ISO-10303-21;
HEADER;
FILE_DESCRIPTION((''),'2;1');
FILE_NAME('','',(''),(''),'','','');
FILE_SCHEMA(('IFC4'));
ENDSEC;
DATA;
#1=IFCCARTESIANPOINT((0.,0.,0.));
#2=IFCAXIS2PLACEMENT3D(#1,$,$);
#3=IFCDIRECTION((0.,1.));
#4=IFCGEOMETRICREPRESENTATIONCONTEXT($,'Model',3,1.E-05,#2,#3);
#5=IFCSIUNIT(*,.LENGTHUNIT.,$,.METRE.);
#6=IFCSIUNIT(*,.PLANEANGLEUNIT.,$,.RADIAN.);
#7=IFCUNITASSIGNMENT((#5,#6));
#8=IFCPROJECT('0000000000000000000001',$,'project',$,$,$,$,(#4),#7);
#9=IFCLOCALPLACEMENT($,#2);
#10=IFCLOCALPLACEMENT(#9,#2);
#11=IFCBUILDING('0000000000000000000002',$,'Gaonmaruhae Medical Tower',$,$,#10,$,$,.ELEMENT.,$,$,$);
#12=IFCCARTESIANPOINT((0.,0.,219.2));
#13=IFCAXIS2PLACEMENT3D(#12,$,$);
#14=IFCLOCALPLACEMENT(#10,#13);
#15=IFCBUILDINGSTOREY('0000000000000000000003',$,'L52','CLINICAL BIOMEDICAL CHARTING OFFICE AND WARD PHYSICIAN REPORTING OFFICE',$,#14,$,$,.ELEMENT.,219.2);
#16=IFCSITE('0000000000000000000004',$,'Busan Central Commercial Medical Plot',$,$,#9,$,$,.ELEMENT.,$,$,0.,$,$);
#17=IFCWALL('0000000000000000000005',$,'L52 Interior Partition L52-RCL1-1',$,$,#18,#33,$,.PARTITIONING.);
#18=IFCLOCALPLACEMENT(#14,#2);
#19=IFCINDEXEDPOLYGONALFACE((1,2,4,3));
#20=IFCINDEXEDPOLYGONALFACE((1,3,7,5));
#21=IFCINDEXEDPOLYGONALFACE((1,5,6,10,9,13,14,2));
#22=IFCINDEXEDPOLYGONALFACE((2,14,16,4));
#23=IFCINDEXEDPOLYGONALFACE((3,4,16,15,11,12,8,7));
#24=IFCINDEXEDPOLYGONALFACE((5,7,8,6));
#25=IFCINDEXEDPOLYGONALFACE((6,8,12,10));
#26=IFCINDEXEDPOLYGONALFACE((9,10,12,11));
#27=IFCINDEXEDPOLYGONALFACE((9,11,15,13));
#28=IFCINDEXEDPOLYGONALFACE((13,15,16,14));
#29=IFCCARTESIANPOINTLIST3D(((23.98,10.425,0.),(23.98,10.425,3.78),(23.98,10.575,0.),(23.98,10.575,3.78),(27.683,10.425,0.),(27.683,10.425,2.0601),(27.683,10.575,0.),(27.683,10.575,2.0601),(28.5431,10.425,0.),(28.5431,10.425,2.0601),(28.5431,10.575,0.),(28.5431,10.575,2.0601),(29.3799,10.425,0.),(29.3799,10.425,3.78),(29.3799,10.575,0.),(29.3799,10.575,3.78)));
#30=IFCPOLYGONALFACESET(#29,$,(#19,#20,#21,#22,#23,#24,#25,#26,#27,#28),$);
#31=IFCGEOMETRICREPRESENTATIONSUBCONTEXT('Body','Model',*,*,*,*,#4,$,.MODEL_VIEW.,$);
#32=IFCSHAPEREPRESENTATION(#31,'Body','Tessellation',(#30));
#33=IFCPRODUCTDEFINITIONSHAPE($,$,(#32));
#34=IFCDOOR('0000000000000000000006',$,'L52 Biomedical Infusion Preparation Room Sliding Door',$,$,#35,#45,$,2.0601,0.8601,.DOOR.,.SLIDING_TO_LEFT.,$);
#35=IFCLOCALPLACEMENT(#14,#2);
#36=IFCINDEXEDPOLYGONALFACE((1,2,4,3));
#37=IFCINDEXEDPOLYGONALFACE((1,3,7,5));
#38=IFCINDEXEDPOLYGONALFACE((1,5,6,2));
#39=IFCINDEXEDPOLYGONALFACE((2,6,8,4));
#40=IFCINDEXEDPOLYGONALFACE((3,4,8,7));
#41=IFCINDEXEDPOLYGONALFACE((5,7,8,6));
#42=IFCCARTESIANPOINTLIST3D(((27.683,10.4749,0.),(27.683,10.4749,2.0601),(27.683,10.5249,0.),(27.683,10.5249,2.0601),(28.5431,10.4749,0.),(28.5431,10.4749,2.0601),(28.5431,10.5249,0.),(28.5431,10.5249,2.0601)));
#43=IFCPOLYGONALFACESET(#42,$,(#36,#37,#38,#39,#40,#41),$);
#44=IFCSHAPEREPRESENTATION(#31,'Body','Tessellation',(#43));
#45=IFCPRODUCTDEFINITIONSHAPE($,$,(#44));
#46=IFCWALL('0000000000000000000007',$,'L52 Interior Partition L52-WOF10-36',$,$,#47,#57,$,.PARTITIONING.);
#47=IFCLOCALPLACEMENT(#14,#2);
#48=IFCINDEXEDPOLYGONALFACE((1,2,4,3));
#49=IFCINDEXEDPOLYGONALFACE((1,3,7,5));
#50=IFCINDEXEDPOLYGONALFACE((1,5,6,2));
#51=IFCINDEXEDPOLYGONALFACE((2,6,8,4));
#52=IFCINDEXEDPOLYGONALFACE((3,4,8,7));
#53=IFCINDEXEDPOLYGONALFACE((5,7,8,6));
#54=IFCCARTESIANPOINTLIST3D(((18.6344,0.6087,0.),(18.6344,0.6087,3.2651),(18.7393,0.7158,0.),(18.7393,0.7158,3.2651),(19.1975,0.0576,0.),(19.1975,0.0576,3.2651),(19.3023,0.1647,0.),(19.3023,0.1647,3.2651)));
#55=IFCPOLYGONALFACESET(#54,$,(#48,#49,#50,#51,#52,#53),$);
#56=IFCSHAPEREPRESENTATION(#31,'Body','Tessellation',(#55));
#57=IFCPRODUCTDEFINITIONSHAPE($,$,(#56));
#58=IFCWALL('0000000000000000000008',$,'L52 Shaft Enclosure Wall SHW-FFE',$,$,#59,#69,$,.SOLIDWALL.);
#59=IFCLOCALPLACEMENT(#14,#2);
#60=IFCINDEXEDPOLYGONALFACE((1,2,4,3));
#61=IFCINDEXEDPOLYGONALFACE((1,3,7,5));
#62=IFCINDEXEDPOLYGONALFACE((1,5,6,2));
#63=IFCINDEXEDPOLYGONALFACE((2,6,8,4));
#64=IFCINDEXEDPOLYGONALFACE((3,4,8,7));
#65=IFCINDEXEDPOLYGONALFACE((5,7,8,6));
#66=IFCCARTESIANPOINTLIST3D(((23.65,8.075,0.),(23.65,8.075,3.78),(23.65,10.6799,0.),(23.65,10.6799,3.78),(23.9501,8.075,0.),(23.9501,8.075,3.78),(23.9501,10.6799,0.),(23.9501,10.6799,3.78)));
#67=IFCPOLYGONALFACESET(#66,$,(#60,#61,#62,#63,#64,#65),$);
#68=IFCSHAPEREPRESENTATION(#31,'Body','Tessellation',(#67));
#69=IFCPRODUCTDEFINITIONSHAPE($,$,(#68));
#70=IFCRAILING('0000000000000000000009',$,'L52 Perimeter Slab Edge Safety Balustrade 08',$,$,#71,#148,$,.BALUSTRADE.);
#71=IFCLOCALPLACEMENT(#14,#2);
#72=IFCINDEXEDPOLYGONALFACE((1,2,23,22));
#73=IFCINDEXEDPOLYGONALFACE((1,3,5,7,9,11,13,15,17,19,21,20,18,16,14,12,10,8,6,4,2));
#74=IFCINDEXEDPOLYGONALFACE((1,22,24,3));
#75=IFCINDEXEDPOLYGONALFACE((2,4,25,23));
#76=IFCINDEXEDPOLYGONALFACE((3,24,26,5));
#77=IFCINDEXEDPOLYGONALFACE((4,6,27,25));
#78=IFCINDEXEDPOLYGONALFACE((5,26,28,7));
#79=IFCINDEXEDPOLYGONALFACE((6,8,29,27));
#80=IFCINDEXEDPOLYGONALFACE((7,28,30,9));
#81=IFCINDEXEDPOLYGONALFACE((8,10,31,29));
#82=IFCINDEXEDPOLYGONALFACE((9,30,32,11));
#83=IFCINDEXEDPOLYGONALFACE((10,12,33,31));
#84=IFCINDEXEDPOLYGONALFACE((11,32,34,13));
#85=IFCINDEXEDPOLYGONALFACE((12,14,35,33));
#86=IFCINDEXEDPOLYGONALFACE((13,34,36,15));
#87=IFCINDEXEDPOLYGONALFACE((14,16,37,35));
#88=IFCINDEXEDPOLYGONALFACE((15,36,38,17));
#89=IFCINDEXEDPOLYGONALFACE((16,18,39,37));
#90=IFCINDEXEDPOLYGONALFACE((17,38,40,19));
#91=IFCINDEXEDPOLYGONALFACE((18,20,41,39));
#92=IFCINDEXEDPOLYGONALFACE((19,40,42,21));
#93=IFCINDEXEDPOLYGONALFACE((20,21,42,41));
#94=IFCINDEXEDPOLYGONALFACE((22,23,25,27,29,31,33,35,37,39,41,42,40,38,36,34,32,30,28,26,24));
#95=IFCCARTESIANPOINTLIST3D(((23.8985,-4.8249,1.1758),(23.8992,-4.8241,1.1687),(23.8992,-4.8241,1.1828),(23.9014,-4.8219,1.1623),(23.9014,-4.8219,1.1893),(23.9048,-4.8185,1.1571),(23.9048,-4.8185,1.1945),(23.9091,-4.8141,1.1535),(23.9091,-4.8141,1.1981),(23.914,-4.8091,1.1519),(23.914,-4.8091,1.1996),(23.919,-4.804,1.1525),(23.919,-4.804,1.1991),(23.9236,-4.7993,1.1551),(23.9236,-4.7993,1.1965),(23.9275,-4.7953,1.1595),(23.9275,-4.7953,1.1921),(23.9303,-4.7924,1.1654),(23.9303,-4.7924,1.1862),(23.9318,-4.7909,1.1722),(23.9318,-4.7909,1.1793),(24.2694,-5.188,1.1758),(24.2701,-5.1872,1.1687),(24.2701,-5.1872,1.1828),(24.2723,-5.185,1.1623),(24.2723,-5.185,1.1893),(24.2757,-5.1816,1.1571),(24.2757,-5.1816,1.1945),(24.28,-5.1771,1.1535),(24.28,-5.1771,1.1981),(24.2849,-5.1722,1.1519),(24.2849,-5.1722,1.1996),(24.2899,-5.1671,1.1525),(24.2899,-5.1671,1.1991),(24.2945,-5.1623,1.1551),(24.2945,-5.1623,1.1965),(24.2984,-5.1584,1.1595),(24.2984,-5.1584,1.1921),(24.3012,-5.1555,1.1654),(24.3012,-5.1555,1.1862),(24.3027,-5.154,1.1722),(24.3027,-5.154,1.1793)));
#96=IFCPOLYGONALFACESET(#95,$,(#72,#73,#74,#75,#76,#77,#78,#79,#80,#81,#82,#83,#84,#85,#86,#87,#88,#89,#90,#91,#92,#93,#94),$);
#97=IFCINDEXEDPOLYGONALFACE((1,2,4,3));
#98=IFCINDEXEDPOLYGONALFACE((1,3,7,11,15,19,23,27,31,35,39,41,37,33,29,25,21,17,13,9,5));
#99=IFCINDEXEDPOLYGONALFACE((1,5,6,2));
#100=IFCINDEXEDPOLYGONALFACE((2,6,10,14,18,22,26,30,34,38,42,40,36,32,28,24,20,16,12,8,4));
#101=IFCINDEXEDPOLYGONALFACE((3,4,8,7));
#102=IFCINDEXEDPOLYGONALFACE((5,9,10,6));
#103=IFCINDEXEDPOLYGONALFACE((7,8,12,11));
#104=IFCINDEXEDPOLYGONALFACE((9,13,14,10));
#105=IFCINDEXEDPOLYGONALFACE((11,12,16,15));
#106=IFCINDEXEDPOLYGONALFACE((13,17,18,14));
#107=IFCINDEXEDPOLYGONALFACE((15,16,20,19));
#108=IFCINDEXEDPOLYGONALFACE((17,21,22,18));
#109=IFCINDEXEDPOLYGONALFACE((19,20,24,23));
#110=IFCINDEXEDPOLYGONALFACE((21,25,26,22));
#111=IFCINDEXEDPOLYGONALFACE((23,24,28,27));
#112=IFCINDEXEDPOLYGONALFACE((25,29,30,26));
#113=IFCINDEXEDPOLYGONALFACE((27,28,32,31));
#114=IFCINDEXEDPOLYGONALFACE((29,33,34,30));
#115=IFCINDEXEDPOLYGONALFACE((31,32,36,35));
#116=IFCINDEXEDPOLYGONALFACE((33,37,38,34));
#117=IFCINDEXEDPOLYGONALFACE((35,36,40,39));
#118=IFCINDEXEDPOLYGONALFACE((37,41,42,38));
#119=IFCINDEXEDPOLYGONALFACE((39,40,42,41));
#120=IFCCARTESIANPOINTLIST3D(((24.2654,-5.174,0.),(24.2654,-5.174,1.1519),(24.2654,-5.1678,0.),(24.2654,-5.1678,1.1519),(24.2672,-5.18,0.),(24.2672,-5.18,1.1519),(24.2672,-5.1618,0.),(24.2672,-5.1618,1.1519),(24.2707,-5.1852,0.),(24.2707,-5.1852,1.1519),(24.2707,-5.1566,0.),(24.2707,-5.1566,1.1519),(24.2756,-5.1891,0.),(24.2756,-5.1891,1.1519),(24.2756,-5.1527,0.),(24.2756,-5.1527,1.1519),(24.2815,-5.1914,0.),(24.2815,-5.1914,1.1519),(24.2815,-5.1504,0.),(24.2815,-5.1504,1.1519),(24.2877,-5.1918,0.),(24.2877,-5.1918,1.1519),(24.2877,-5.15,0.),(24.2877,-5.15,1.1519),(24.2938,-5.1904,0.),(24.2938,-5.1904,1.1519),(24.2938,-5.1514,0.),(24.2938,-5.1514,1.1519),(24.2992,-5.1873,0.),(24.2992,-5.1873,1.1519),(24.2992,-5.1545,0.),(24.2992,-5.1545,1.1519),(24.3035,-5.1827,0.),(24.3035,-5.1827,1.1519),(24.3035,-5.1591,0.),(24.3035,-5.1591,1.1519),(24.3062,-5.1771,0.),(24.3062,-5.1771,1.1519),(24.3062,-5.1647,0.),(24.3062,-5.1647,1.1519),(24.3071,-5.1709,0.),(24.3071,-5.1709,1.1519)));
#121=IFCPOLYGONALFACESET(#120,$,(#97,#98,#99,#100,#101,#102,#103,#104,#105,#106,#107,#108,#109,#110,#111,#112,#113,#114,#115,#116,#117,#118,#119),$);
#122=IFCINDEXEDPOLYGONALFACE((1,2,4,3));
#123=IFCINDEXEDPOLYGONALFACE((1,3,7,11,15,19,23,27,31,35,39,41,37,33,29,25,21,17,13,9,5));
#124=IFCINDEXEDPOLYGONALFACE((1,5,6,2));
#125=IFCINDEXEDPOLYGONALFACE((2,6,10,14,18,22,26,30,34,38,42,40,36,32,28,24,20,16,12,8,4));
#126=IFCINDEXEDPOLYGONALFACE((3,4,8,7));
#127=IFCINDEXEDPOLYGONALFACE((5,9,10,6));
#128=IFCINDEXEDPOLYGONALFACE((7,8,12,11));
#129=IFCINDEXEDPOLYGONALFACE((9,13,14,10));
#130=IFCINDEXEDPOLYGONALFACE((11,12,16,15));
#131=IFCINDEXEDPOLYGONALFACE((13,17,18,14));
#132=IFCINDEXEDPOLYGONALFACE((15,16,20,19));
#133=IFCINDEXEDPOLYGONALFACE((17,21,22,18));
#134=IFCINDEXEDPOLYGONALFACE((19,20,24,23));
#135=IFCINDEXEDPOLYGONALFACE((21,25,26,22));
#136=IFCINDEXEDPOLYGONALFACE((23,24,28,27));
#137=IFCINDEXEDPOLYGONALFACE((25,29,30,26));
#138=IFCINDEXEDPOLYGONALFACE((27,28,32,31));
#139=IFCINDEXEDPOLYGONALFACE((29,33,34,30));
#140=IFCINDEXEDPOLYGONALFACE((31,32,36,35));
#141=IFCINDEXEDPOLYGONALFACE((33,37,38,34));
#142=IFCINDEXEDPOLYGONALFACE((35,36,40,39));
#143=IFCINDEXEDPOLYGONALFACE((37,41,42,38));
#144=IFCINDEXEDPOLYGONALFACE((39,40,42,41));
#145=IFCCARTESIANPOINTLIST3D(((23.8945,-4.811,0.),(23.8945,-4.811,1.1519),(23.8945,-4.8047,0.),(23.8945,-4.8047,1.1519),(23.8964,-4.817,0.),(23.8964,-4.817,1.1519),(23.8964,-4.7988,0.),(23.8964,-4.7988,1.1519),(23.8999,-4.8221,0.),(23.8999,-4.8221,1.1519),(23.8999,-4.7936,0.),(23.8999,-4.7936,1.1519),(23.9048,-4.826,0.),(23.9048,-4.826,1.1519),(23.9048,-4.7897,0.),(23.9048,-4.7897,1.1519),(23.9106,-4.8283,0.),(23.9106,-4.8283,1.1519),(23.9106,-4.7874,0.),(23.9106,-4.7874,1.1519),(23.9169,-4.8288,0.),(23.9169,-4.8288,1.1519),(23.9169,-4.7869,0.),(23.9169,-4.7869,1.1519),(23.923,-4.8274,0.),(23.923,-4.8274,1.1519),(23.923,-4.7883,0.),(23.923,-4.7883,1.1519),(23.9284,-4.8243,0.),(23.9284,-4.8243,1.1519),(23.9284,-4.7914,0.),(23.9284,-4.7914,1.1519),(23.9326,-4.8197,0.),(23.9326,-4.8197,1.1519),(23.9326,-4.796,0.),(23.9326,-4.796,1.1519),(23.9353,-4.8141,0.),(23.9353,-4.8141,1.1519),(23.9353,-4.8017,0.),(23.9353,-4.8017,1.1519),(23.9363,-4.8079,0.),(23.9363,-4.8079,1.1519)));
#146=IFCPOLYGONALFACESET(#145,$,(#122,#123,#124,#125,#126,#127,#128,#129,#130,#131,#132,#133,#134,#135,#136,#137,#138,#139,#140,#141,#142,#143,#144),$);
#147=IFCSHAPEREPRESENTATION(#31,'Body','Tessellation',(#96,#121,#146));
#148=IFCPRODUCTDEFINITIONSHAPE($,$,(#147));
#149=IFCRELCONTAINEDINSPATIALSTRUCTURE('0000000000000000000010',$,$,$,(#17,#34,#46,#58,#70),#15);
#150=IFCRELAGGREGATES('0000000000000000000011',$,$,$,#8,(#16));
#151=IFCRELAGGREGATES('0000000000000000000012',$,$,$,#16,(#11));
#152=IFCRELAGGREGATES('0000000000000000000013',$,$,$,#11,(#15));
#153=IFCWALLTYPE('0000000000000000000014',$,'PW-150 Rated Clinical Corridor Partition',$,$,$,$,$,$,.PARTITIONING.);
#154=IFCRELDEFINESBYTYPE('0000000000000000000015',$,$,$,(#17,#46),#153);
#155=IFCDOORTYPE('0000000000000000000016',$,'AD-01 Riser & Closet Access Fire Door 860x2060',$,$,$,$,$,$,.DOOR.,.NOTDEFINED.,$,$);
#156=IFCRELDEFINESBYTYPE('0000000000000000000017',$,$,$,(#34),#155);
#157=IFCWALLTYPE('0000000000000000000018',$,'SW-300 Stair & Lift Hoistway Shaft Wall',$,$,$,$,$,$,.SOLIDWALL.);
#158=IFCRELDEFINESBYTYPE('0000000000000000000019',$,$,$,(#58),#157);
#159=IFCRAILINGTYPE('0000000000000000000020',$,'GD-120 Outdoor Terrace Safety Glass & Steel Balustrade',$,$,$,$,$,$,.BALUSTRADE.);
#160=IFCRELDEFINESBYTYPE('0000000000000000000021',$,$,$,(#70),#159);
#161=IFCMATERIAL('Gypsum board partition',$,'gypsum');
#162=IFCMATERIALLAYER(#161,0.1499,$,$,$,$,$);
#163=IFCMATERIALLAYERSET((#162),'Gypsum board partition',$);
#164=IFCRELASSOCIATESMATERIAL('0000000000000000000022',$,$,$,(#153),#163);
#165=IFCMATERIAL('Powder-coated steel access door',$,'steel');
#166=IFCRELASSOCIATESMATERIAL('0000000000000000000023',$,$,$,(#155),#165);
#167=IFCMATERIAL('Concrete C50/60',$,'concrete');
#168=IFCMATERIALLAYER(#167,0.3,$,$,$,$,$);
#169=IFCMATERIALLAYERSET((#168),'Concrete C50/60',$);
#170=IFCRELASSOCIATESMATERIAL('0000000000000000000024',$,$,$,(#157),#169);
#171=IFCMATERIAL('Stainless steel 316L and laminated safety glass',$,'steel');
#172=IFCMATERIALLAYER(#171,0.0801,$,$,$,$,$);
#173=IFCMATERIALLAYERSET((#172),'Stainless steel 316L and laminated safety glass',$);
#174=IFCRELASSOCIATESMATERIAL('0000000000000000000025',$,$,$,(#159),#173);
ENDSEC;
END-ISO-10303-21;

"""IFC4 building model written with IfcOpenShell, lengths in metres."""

from ifc_helpers import new_model, si_unit, direction, frame, frame_2d, origin, origin_2d, place, context, subcontext, project, spatial, rectangle, circle, extrude, material, layer, layer_set, type_object, element, fill, save


model = new_model("IFC4")

# Units and contexts
model_context = context("Model", 3, precision=1e-05, world=origin(), true_north=direction((0.0, 1.0)))
body_context = subcontext(model_context, "Body", "Model", "MODEL_VIEW")
ifc_project = project(units=[si_unit("LENGTHUNIT", "METRE"), si_unit("PLANEANGLEUNIT", "RADIAN")], contexts=[model_context])

# Site, building, storey
site_placement = place(None, origin())
site = spatial("IfcSite", under=ifc_project, at=site_placement, Name="Busan Central Commercial Medical Plot", CompositionType="ELEMENT", RefElevation=0.0)
building_placement = place(site_placement, origin())
building = spatial("IfcBuilding", under=site, at=building_placement, Name="Gaonmaruhae Medical Tower", CompositionType="ELEMENT")
storey_placement = place(building_placement, frame((0.0, 0.0, 219.2)))
storey = spatial("IfcBuildingStorey", under=building, at=storey_placement, Name="L52", Description="CLINICAL BIOMEDICAL CHARTING OFFICE AND WARD PHYSICIAN REPORTING OFFICE", CompositionType="ELEMENT", Elevation=219.2)

# Shared definitions
ifc_material_1 = material(Name="Concrete C50/60", Category="concrete")

# Wall, opening, door
ifc_material_2 = material(Name="Gypsum board partition", Category="gypsum")
ifc_layer_1 = layer(ifc_material_2, 0.1499)
ifc_layer_set_1 = layer_set([ifc_layer_1], Name="Gypsum board partition")
wall_type_1 = type_object("IfcWallType", Name="PW-150 Rated Clinical Corridor Partition", PredefinedType="PARTITIONING", material=ifc_layer_set_1)
wall_1_placement = place(storey_placement, frame((23.98, 10.5, 0.0), z_axis=(0.0, 0.0, 1.0), x_axis=(1.0, 0.0, 0.0)))
wall_1 = element("IfcWall", 1, at=wall_1_placement, inside=storey, type_object=wall_type_1, Name="L52 Interior Partition L52-RCL1-1", PredefinedType="PARTITIONING", context=body_context, shape_type="SweptSolid", body=[
    extrude(rectangle(XDim=5.3999, YDim=0.1499, at=frame_2d((2.7, 0.0))), origin(), (0.0, 0.0, 1.0), 3.78),
])
opening_1_placement = place(wall_1_placement, frame((3.7029, 0.0, 0.0)))
opening_1 = element("IfcOpeningElement", 2, at=opening_1_placement, cuts=wall_1, PredefinedType="OPENING", context=body_context, shape_type="SweptSolid", body=[
    extrude(rectangle(XDim=0.8601, YDim=2.0601, at=frame_2d((0.4302, 1.03))), frame((0.0, 0.085, 0.0), z_axis=(0.0, -1.0, 0.0), x_axis=(1.0, 0.0, 0.0)), (0.0, 0.0, 1.0), 0.1699),
])
ifc_material_3 = material(Name="Powder-coated steel access door", Category="steel")
door_type = type_object("IfcDoorType", Name="AD-01 Riser & Closet Access Fire Door 860x2060", OperationType="NOTDEFINED", PredefinedType="DOOR", material=ifc_material_3)
door_placement = place(opening_1_placement, origin())
door = element("IfcDoor", 3, at=door_placement, inside=storey, type_object=door_type, Name="L52 Biomedical Infusion Preparation Room Sliding Door", OperationType="SLIDING_TO_LEFT", OverallHeight=2.0601, OverallWidth=0.8601, PredefinedType="DOOR", context=body_context, shape_type="SweptSolid", body=[
    extrude(rectangle(XDim=0.8601, YDim=2.0601, at=frame_2d((0.4302, 1.03))), frame((0.0, 0.0249, 0.0), z_axis=(0.0, -1.0, 0.0), x_axis=(1.0, 0.0, 0.0)), (0.0, 0.0, 1.0), 0.05),
])
fill(opening_1, door)

# Walls
wall_2_placement = place(storey_placement, frame((19.25, 0.1111, 0.0), z_axis=(0.0, 0.0, 1.0), x_axis=(-0.714659, 0.699473, 0.0)))
element("IfcWall", 4, at=wall_2_placement, inside=storey, type_object=wall_type_1, Name="L52 Interior Partition L52-WOF10-36", PredefinedType="PARTITIONING", context=body_context, shape_type="SweptSolid", body=[
    extrude(rectangle(XDim=0.7878, YDim=0.1499, at=frame_2d((0.394, 0.0))), origin(), (0.0, 0.0, 1.0), 3.2651),
])
ifc_layer_2 = layer(ifc_material_1, 0.3)
ifc_layer_set_2 = layer_set([ifc_layer_2], Name="Concrete C50/60")
wall_type_2 = type_object("IfcWallType", Name="SW-300 Stair & Lift Hoistway Shaft Wall", PredefinedType="SOLIDWALL", material=ifc_layer_set_2)
wall_3_placement = place(storey_placement, frame((23.8, 8.075, 0.0), z_axis=(0.0, 0.0, 1.0), x_axis=(0.0, 1.0, 0.0)))
element("IfcWall", 5, at=wall_3_placement, inside=storey, type_object=wall_type_2, Name="L52 Shaft Enclosure Wall SHW-FFE", PredefinedType="SOLIDWALL", context=body_context, shape_type="SweptSolid", body=[
    extrude(rectangle(XDim=2.605, YDim=0.3, at=frame_2d((1.3025, 0.0))), origin(), (0.0, 0.0, 1.0), 3.78),
])

# Railing
ifc_material_4 = material(Name="Stainless steel 316L and laminated safety glass", Category="steel")
ifc_layer_3 = layer(ifc_material_4, 0.0801)
ifc_layer_set_3 = layer_set([ifc_layer_3], Name="Stainless steel 316L and laminated safety glass")
railing_type_1 = type_object("IfcRailingType", Name="GD-120 Outdoor Terrace Safety Glass & Steel Balustrade", PredefinedType="BALUSTRADE", material=ifc_layer_set_3)
railing_1_placement = place(storey_placement, frame((24.2861, -5.1709, 0.0)))
element("IfcRailing", 6, at=railing_1_placement, inside=storey, type_object=railing_type_1, Name="L52 Perimeter Slab Edge Safety Balustrade 08", PredefinedType="BALUSTRADE", context=body_context, shape_type="SweptSolid", body=[
    extrude(circle(Radius=0.0239, at=origin_2d()), frame((0.0, 0.0, 1.1758), z_axis=(-0.714594, 0.69954, 0.0), x_axis=(-0.69954, -0.714594, 0.0)), (0.0, 0.0, 1.0), 0.519),
    extrude(circle(Radius=0.021, at=origin_2d()), origin(), (0.0, 0.0, 1.0), 1.1519),
    extrude(circle(Radius=0.021, at=origin_2d()), frame((-0.3708, 0.363, 0.0)), (0.0, 0.0, 1.0), 1.1519),
])

save(model, "model.ifc")
